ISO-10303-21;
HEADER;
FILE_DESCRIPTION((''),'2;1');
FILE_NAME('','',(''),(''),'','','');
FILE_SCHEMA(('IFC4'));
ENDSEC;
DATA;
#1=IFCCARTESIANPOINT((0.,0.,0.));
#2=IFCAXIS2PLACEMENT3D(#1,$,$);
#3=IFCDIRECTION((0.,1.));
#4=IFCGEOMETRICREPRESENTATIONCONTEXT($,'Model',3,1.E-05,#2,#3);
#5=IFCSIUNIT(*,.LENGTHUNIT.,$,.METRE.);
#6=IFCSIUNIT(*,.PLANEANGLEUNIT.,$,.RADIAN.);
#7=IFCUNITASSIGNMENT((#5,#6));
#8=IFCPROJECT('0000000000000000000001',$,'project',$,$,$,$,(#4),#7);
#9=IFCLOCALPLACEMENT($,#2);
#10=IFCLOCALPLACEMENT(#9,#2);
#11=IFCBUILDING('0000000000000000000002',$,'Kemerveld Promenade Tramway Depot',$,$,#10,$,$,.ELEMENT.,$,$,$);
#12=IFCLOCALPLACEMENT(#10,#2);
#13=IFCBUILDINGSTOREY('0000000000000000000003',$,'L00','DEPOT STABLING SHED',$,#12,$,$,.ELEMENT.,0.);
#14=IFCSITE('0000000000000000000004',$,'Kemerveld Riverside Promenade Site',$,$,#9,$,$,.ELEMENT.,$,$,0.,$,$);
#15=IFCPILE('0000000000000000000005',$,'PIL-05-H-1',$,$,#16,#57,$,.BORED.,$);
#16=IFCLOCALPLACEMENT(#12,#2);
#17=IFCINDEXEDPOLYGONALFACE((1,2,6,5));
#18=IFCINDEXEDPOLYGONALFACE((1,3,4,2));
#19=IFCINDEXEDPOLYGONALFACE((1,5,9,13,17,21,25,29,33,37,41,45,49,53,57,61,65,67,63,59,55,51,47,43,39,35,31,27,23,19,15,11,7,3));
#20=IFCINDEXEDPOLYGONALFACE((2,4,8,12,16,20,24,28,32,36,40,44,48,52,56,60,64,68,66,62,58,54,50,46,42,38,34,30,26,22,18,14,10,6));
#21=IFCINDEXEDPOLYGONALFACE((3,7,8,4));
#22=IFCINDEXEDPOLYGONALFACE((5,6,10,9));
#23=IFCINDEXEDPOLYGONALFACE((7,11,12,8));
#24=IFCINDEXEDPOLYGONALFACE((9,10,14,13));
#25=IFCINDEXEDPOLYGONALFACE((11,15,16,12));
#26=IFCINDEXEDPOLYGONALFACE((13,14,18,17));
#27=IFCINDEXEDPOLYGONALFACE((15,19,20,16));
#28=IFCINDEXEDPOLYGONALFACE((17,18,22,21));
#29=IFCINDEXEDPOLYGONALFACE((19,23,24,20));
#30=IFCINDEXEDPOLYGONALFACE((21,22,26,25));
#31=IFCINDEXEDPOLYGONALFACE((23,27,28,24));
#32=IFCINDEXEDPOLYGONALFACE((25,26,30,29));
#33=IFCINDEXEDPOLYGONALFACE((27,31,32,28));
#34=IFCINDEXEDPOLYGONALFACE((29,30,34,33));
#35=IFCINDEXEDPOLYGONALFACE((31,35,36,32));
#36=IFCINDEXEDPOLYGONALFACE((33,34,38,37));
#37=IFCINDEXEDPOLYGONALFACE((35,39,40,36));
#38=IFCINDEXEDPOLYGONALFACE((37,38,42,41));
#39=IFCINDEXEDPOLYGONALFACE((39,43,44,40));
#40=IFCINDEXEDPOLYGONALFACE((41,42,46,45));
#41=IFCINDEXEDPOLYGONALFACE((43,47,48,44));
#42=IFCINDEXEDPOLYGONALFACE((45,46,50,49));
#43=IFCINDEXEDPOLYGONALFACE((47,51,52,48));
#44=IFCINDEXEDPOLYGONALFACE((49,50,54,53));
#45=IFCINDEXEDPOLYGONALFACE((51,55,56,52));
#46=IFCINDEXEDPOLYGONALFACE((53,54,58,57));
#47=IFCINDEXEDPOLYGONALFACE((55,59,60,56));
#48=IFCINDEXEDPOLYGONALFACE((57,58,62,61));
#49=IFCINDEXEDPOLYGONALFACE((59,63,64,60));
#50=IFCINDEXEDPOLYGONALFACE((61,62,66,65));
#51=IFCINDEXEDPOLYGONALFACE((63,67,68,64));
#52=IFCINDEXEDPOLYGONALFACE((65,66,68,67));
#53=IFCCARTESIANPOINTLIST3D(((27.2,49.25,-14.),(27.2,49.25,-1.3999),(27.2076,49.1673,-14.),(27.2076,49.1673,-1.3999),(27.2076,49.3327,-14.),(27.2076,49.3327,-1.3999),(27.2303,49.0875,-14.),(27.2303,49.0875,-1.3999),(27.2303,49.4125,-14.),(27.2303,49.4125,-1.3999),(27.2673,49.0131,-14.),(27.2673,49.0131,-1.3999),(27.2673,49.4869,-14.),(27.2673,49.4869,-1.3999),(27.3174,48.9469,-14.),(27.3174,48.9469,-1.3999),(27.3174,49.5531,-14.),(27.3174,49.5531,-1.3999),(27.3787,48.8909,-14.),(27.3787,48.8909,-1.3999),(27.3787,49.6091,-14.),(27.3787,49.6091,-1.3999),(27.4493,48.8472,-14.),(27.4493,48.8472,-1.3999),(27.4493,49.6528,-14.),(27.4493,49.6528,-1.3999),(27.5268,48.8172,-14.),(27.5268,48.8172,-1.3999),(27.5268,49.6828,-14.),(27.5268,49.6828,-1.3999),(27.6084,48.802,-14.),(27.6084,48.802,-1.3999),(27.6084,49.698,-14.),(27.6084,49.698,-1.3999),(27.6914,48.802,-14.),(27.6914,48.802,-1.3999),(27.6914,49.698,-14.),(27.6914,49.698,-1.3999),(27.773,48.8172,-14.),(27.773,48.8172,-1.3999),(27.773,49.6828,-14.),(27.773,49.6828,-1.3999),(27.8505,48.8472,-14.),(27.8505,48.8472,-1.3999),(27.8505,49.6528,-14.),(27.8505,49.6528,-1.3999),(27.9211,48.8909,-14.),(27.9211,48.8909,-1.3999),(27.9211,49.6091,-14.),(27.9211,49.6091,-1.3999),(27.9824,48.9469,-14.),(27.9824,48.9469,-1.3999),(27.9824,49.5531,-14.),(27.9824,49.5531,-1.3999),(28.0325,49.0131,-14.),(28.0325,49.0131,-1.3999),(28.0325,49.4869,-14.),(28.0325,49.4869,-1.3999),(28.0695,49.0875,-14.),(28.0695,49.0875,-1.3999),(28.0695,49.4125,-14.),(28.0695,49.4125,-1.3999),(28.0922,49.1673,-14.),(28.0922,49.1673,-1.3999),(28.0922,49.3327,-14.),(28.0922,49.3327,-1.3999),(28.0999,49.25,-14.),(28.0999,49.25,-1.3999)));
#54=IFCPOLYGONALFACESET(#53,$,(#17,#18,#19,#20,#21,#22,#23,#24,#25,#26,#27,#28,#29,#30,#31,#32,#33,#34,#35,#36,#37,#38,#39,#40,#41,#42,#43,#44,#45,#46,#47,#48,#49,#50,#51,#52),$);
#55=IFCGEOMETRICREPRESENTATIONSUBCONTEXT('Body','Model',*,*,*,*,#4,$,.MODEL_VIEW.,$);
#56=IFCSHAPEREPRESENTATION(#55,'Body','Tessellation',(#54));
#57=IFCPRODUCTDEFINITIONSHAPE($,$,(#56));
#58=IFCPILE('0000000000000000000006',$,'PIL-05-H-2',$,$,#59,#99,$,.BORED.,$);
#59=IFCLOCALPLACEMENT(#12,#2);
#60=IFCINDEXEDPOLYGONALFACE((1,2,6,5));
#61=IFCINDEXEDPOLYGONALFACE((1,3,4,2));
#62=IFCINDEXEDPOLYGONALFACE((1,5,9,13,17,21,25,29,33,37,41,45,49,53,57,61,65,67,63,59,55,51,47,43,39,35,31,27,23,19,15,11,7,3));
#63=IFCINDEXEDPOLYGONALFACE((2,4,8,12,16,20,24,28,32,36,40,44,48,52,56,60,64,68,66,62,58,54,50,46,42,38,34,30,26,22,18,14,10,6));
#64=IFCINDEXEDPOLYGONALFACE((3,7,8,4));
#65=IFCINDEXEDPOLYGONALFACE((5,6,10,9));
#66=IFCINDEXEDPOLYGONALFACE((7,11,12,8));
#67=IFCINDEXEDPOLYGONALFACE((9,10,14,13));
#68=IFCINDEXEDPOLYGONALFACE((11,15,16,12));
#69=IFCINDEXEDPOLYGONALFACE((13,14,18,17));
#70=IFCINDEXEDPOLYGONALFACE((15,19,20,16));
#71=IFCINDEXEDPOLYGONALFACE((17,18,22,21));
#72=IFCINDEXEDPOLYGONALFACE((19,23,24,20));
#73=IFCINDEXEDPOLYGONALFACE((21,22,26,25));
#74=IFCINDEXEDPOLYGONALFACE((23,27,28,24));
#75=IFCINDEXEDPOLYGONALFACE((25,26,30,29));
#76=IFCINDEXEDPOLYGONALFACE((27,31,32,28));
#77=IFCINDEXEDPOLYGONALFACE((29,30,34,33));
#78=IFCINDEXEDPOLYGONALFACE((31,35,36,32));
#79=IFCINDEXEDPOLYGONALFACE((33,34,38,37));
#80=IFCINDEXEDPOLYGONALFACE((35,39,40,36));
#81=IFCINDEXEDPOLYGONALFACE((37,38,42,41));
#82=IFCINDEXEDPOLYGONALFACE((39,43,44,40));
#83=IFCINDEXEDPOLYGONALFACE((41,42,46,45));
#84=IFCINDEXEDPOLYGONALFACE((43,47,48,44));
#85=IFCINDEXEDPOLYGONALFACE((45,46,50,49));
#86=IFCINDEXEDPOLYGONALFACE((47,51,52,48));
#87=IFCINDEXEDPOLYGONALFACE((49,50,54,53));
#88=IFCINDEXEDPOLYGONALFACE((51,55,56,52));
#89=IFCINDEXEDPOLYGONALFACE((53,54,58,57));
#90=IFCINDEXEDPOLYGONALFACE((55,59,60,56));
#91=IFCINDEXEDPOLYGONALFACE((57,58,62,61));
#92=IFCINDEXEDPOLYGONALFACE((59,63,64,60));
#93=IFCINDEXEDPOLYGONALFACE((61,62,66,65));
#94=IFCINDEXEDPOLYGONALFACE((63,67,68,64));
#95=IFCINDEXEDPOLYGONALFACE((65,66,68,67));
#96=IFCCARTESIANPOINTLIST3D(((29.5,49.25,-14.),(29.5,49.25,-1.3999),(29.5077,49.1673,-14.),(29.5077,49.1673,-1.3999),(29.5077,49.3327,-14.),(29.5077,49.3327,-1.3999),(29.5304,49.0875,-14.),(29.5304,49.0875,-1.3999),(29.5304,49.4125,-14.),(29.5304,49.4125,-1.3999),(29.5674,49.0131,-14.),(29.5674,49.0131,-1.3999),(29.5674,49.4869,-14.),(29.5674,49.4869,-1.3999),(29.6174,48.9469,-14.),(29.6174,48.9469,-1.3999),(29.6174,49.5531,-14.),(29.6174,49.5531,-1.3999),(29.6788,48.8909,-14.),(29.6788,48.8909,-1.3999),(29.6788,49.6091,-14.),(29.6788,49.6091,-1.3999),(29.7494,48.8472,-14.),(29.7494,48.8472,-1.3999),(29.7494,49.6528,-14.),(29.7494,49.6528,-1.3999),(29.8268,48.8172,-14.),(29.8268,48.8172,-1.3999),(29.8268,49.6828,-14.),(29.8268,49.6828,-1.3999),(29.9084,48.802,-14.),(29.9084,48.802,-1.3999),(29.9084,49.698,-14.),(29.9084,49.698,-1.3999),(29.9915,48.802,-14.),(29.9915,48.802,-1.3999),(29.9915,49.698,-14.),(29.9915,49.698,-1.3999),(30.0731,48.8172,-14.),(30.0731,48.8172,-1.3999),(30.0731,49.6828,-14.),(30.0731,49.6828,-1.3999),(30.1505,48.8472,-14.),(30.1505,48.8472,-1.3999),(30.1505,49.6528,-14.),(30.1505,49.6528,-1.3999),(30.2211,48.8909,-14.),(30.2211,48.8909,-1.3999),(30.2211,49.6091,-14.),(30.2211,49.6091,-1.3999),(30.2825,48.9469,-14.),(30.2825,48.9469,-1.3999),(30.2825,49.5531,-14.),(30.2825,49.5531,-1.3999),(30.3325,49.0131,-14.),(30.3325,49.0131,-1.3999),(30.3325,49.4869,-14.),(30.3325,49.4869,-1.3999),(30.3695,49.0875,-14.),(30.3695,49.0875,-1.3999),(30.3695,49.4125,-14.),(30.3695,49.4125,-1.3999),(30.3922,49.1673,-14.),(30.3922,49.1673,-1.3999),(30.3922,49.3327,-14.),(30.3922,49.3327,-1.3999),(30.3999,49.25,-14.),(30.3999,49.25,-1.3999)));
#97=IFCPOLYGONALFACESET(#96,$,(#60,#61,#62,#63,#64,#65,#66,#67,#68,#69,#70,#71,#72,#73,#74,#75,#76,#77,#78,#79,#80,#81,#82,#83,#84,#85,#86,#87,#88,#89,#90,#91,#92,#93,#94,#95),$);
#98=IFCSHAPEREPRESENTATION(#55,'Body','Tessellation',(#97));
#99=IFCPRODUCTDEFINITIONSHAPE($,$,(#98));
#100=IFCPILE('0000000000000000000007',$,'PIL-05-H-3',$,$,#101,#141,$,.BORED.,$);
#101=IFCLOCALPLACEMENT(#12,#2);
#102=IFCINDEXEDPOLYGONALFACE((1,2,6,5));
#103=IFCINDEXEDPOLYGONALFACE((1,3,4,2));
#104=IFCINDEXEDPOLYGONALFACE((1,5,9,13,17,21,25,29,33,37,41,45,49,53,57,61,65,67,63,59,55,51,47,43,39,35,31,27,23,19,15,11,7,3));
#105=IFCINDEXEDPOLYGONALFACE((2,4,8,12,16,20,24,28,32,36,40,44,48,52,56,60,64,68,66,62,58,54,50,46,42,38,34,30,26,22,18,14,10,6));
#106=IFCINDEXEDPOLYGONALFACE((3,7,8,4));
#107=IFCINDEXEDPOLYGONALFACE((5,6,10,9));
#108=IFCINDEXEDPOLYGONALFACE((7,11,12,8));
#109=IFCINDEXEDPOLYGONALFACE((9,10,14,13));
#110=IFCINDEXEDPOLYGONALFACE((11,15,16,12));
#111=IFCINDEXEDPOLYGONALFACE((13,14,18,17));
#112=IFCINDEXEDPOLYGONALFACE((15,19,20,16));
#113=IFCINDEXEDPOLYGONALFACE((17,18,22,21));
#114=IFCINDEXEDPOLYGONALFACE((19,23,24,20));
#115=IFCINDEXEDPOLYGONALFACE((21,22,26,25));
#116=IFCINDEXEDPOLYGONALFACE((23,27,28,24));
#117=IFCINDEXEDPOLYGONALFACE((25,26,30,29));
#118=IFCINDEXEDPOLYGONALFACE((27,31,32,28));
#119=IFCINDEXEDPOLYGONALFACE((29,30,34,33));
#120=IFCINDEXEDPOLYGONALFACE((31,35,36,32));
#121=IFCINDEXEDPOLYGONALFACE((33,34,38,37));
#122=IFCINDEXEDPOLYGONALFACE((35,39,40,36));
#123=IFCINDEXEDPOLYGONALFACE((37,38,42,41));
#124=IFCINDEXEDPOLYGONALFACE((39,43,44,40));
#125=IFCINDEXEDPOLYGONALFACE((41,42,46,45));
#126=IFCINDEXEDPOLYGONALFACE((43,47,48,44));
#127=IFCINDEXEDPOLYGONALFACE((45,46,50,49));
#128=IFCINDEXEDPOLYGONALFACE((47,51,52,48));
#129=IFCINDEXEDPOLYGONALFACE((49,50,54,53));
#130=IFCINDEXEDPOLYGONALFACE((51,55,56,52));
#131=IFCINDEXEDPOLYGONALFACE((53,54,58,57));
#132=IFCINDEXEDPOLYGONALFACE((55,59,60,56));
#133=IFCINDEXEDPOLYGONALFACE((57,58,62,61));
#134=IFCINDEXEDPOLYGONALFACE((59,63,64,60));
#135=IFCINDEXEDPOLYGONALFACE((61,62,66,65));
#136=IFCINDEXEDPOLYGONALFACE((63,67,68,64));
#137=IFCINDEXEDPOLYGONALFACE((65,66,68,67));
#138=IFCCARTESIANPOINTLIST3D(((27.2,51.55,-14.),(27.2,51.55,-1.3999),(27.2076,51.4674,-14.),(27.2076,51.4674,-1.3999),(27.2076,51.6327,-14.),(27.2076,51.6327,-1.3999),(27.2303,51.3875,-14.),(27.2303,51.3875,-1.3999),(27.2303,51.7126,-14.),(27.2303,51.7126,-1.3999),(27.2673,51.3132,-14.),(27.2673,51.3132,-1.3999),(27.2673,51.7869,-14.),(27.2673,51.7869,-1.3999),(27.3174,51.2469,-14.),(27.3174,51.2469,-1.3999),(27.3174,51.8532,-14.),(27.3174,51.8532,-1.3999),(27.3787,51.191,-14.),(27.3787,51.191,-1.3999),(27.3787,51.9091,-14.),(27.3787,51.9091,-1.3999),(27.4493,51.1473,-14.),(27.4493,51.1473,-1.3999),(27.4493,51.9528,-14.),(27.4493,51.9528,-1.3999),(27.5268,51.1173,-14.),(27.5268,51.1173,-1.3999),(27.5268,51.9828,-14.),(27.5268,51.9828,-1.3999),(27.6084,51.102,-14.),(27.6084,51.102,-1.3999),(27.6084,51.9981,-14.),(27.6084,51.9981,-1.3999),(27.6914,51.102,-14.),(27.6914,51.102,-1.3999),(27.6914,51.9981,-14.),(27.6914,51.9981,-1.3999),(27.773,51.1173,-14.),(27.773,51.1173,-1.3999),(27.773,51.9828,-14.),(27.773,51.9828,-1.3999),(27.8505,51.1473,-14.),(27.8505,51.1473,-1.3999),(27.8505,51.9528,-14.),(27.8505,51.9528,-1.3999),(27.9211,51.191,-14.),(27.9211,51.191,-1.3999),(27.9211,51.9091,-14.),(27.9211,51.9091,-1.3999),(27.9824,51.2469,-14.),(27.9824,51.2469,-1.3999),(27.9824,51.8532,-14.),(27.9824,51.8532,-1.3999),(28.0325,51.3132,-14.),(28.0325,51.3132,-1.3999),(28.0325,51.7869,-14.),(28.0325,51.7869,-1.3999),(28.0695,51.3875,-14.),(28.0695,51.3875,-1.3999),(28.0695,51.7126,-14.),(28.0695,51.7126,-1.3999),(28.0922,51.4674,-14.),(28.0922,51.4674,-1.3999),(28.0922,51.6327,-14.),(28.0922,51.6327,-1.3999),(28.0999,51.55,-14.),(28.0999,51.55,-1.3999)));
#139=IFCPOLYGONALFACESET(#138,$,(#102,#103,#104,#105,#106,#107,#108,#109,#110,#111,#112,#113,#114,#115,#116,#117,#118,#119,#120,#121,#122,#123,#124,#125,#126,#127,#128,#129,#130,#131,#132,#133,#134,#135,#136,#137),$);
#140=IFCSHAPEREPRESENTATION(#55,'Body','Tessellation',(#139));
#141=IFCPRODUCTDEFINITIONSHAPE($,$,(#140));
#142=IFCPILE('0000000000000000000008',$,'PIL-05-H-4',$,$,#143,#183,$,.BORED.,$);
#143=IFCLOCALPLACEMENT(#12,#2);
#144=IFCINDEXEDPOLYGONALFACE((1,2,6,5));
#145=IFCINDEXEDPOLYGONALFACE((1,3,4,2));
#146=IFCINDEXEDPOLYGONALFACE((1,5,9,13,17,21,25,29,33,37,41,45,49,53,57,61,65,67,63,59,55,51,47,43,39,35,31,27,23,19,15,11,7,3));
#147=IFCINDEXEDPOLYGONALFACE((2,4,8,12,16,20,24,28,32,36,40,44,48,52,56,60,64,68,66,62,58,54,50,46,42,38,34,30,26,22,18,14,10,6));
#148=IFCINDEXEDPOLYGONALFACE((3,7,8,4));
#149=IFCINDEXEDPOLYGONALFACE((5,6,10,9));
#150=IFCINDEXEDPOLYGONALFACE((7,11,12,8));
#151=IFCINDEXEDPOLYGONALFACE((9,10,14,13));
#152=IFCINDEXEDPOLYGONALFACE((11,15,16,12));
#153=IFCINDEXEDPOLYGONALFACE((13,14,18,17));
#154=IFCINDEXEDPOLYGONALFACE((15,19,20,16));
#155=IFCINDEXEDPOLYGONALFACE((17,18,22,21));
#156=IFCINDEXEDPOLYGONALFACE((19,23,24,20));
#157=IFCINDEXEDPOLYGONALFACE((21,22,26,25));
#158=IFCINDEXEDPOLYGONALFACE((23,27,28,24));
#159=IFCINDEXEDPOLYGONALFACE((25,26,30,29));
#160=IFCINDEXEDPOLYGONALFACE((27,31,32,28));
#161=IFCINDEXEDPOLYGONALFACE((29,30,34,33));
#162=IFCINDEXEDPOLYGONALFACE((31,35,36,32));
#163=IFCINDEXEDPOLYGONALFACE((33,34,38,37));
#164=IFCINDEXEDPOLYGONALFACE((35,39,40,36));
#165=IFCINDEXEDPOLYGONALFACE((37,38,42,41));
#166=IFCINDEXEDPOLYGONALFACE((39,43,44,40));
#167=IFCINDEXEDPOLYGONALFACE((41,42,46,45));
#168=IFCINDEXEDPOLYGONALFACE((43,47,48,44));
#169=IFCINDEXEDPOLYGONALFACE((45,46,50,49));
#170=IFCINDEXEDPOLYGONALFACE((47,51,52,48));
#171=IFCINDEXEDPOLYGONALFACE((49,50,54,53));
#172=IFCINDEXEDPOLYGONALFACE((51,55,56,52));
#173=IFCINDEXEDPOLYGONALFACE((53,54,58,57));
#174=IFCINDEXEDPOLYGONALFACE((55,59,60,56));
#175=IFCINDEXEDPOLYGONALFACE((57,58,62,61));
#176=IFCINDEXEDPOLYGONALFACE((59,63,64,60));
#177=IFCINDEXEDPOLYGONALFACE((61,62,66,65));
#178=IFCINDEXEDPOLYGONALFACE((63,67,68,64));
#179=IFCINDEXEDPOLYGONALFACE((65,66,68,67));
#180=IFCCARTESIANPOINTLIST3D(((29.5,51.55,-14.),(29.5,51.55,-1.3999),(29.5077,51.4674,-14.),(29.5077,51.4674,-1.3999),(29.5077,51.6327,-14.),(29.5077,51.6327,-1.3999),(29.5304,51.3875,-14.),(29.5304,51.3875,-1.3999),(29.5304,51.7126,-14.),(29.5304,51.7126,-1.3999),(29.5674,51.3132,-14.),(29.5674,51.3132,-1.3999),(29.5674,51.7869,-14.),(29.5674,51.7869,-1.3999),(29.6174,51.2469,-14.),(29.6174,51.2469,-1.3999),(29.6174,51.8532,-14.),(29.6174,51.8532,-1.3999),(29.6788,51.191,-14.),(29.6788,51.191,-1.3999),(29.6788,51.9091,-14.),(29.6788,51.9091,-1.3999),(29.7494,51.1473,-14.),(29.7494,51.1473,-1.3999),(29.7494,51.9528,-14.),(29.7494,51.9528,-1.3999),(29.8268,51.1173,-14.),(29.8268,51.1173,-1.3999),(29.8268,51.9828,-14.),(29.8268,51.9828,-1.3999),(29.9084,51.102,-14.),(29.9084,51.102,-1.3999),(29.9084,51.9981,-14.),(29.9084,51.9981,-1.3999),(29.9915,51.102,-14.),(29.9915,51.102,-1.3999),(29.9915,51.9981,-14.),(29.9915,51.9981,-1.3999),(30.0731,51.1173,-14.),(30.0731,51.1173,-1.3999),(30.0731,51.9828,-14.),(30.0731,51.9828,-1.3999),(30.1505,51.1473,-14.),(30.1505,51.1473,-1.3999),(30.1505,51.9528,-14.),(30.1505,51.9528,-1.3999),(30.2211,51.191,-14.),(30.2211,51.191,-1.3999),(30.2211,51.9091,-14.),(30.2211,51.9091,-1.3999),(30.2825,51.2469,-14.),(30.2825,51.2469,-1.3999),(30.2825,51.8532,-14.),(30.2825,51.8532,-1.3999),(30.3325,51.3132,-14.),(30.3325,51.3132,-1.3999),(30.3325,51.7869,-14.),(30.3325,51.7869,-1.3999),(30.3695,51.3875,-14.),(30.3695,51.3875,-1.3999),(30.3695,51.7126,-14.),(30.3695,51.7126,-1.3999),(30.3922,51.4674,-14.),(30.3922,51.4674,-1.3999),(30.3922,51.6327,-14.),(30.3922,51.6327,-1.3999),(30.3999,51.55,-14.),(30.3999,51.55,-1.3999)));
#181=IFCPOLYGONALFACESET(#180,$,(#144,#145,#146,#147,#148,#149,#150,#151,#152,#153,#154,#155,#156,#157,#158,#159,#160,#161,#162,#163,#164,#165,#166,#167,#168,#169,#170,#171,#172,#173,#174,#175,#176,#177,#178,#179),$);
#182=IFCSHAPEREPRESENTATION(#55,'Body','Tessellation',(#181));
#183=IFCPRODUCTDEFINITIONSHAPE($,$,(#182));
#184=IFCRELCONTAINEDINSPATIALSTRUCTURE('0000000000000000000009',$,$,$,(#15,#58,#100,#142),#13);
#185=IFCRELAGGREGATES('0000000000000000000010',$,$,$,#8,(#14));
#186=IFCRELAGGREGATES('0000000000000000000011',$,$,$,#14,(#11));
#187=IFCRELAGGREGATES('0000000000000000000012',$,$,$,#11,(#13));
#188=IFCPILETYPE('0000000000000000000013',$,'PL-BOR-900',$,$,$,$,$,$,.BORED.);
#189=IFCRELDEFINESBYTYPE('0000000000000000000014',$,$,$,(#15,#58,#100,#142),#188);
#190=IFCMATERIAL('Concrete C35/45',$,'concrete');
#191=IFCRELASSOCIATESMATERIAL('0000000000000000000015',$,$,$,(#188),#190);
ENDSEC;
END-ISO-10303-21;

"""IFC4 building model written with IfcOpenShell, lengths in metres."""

from ifc_helpers import new_model, si_unit, direction, frame, origin, origin_2d, place, context, subcontext, project, spatial, circle, extrude, material, material_profile, profile_set, type_object, element, save


model = new_model("IFC4")

# Units and contexts
model_context = context("Model", 3, precision=1e-05, world=origin(), true_north=direction((0.0, 1.0)))
body_context = subcontext(model_context, "Body", "Model", "MODEL_VIEW")
ifc_project = project(units=[si_unit("LENGTHUNIT", "METRE"), si_unit("PLANEANGLEUNIT", "RADIAN")], contexts=[model_context])

# Site, building, storey
site_placement = place(None, origin())
site = spatial("IfcSite", under=ifc_project, at=site_placement, Name="Kemerveld Riverside Promenade Site", CompositionType="ELEMENT", RefElevation=0.0)
building_placement = place(site_placement, origin())
building = spatial("IfcBuilding", under=site, at=building_placement, Name="Kemerveld Promenade Tramway Depot", CompositionType="ELEMENT")
storey_placement = place(building_placement, origin())
storey = spatial("IfcBuildingStorey", under=building, at=storey_placement, Name="L00", Description="DEPOT STABLING SHED", CompositionType="ELEMENT", Elevation=0.0)

# Shared definitions
ifc_material_1 = material(Name="Concrete C35/45", Category="concrete")

# Piles
ifc_material_profile_1 = material_profile(ifc_material_1, circle(Radius=0.45, at=origin_2d()), Name="PILE-D900")
ifc_profile_set_1 = profile_set([ifc_material_profile_1], Name="Concrete C35/45")
pile_type = type_object("IfcPileType", Name="PL-BOR-900", PredefinedType="BORED", material=ifc_profile_set_1)
for number, where, z_axis, x_axis, name in (
    (1, (27.6499, 49.25, -1.3999), (0.0, 0.0, -1.0), (1.0, 0.0, 0.0), "PIL-05-H-1"),
    (2, (29.95, 49.25, -1.3999), (0.0, 0.0, -1.0), (1.0, 0.0, 0.0), "PIL-05-H-2"),
    (3, (27.6499, 51.55, -1.3999), (0.0, 0.0, -1.0), (1.0, 0.0, 0.0), "PIL-05-H-3"),
    (4, (29.95, 51.55, -1.3999), (0.0, 0.0, -1.0), (1.0, 0.0, 0.0), "PIL-05-H-4"),
):
    element("IfcPile", number, at=place(storey_placement, frame(where, z_axis=z_axis, x_axis=x_axis)), inside=storey, type_object=pile_type, Name=name, PredefinedType="BORED", context=body_context, shape_type="SweptSolid", body=[
        extrude(circle(Radius=0.45, at=origin_2d()), origin(), (0.0, 0.0, 1.0), 12.6001),
    ])

save(model, "model.ifc")
